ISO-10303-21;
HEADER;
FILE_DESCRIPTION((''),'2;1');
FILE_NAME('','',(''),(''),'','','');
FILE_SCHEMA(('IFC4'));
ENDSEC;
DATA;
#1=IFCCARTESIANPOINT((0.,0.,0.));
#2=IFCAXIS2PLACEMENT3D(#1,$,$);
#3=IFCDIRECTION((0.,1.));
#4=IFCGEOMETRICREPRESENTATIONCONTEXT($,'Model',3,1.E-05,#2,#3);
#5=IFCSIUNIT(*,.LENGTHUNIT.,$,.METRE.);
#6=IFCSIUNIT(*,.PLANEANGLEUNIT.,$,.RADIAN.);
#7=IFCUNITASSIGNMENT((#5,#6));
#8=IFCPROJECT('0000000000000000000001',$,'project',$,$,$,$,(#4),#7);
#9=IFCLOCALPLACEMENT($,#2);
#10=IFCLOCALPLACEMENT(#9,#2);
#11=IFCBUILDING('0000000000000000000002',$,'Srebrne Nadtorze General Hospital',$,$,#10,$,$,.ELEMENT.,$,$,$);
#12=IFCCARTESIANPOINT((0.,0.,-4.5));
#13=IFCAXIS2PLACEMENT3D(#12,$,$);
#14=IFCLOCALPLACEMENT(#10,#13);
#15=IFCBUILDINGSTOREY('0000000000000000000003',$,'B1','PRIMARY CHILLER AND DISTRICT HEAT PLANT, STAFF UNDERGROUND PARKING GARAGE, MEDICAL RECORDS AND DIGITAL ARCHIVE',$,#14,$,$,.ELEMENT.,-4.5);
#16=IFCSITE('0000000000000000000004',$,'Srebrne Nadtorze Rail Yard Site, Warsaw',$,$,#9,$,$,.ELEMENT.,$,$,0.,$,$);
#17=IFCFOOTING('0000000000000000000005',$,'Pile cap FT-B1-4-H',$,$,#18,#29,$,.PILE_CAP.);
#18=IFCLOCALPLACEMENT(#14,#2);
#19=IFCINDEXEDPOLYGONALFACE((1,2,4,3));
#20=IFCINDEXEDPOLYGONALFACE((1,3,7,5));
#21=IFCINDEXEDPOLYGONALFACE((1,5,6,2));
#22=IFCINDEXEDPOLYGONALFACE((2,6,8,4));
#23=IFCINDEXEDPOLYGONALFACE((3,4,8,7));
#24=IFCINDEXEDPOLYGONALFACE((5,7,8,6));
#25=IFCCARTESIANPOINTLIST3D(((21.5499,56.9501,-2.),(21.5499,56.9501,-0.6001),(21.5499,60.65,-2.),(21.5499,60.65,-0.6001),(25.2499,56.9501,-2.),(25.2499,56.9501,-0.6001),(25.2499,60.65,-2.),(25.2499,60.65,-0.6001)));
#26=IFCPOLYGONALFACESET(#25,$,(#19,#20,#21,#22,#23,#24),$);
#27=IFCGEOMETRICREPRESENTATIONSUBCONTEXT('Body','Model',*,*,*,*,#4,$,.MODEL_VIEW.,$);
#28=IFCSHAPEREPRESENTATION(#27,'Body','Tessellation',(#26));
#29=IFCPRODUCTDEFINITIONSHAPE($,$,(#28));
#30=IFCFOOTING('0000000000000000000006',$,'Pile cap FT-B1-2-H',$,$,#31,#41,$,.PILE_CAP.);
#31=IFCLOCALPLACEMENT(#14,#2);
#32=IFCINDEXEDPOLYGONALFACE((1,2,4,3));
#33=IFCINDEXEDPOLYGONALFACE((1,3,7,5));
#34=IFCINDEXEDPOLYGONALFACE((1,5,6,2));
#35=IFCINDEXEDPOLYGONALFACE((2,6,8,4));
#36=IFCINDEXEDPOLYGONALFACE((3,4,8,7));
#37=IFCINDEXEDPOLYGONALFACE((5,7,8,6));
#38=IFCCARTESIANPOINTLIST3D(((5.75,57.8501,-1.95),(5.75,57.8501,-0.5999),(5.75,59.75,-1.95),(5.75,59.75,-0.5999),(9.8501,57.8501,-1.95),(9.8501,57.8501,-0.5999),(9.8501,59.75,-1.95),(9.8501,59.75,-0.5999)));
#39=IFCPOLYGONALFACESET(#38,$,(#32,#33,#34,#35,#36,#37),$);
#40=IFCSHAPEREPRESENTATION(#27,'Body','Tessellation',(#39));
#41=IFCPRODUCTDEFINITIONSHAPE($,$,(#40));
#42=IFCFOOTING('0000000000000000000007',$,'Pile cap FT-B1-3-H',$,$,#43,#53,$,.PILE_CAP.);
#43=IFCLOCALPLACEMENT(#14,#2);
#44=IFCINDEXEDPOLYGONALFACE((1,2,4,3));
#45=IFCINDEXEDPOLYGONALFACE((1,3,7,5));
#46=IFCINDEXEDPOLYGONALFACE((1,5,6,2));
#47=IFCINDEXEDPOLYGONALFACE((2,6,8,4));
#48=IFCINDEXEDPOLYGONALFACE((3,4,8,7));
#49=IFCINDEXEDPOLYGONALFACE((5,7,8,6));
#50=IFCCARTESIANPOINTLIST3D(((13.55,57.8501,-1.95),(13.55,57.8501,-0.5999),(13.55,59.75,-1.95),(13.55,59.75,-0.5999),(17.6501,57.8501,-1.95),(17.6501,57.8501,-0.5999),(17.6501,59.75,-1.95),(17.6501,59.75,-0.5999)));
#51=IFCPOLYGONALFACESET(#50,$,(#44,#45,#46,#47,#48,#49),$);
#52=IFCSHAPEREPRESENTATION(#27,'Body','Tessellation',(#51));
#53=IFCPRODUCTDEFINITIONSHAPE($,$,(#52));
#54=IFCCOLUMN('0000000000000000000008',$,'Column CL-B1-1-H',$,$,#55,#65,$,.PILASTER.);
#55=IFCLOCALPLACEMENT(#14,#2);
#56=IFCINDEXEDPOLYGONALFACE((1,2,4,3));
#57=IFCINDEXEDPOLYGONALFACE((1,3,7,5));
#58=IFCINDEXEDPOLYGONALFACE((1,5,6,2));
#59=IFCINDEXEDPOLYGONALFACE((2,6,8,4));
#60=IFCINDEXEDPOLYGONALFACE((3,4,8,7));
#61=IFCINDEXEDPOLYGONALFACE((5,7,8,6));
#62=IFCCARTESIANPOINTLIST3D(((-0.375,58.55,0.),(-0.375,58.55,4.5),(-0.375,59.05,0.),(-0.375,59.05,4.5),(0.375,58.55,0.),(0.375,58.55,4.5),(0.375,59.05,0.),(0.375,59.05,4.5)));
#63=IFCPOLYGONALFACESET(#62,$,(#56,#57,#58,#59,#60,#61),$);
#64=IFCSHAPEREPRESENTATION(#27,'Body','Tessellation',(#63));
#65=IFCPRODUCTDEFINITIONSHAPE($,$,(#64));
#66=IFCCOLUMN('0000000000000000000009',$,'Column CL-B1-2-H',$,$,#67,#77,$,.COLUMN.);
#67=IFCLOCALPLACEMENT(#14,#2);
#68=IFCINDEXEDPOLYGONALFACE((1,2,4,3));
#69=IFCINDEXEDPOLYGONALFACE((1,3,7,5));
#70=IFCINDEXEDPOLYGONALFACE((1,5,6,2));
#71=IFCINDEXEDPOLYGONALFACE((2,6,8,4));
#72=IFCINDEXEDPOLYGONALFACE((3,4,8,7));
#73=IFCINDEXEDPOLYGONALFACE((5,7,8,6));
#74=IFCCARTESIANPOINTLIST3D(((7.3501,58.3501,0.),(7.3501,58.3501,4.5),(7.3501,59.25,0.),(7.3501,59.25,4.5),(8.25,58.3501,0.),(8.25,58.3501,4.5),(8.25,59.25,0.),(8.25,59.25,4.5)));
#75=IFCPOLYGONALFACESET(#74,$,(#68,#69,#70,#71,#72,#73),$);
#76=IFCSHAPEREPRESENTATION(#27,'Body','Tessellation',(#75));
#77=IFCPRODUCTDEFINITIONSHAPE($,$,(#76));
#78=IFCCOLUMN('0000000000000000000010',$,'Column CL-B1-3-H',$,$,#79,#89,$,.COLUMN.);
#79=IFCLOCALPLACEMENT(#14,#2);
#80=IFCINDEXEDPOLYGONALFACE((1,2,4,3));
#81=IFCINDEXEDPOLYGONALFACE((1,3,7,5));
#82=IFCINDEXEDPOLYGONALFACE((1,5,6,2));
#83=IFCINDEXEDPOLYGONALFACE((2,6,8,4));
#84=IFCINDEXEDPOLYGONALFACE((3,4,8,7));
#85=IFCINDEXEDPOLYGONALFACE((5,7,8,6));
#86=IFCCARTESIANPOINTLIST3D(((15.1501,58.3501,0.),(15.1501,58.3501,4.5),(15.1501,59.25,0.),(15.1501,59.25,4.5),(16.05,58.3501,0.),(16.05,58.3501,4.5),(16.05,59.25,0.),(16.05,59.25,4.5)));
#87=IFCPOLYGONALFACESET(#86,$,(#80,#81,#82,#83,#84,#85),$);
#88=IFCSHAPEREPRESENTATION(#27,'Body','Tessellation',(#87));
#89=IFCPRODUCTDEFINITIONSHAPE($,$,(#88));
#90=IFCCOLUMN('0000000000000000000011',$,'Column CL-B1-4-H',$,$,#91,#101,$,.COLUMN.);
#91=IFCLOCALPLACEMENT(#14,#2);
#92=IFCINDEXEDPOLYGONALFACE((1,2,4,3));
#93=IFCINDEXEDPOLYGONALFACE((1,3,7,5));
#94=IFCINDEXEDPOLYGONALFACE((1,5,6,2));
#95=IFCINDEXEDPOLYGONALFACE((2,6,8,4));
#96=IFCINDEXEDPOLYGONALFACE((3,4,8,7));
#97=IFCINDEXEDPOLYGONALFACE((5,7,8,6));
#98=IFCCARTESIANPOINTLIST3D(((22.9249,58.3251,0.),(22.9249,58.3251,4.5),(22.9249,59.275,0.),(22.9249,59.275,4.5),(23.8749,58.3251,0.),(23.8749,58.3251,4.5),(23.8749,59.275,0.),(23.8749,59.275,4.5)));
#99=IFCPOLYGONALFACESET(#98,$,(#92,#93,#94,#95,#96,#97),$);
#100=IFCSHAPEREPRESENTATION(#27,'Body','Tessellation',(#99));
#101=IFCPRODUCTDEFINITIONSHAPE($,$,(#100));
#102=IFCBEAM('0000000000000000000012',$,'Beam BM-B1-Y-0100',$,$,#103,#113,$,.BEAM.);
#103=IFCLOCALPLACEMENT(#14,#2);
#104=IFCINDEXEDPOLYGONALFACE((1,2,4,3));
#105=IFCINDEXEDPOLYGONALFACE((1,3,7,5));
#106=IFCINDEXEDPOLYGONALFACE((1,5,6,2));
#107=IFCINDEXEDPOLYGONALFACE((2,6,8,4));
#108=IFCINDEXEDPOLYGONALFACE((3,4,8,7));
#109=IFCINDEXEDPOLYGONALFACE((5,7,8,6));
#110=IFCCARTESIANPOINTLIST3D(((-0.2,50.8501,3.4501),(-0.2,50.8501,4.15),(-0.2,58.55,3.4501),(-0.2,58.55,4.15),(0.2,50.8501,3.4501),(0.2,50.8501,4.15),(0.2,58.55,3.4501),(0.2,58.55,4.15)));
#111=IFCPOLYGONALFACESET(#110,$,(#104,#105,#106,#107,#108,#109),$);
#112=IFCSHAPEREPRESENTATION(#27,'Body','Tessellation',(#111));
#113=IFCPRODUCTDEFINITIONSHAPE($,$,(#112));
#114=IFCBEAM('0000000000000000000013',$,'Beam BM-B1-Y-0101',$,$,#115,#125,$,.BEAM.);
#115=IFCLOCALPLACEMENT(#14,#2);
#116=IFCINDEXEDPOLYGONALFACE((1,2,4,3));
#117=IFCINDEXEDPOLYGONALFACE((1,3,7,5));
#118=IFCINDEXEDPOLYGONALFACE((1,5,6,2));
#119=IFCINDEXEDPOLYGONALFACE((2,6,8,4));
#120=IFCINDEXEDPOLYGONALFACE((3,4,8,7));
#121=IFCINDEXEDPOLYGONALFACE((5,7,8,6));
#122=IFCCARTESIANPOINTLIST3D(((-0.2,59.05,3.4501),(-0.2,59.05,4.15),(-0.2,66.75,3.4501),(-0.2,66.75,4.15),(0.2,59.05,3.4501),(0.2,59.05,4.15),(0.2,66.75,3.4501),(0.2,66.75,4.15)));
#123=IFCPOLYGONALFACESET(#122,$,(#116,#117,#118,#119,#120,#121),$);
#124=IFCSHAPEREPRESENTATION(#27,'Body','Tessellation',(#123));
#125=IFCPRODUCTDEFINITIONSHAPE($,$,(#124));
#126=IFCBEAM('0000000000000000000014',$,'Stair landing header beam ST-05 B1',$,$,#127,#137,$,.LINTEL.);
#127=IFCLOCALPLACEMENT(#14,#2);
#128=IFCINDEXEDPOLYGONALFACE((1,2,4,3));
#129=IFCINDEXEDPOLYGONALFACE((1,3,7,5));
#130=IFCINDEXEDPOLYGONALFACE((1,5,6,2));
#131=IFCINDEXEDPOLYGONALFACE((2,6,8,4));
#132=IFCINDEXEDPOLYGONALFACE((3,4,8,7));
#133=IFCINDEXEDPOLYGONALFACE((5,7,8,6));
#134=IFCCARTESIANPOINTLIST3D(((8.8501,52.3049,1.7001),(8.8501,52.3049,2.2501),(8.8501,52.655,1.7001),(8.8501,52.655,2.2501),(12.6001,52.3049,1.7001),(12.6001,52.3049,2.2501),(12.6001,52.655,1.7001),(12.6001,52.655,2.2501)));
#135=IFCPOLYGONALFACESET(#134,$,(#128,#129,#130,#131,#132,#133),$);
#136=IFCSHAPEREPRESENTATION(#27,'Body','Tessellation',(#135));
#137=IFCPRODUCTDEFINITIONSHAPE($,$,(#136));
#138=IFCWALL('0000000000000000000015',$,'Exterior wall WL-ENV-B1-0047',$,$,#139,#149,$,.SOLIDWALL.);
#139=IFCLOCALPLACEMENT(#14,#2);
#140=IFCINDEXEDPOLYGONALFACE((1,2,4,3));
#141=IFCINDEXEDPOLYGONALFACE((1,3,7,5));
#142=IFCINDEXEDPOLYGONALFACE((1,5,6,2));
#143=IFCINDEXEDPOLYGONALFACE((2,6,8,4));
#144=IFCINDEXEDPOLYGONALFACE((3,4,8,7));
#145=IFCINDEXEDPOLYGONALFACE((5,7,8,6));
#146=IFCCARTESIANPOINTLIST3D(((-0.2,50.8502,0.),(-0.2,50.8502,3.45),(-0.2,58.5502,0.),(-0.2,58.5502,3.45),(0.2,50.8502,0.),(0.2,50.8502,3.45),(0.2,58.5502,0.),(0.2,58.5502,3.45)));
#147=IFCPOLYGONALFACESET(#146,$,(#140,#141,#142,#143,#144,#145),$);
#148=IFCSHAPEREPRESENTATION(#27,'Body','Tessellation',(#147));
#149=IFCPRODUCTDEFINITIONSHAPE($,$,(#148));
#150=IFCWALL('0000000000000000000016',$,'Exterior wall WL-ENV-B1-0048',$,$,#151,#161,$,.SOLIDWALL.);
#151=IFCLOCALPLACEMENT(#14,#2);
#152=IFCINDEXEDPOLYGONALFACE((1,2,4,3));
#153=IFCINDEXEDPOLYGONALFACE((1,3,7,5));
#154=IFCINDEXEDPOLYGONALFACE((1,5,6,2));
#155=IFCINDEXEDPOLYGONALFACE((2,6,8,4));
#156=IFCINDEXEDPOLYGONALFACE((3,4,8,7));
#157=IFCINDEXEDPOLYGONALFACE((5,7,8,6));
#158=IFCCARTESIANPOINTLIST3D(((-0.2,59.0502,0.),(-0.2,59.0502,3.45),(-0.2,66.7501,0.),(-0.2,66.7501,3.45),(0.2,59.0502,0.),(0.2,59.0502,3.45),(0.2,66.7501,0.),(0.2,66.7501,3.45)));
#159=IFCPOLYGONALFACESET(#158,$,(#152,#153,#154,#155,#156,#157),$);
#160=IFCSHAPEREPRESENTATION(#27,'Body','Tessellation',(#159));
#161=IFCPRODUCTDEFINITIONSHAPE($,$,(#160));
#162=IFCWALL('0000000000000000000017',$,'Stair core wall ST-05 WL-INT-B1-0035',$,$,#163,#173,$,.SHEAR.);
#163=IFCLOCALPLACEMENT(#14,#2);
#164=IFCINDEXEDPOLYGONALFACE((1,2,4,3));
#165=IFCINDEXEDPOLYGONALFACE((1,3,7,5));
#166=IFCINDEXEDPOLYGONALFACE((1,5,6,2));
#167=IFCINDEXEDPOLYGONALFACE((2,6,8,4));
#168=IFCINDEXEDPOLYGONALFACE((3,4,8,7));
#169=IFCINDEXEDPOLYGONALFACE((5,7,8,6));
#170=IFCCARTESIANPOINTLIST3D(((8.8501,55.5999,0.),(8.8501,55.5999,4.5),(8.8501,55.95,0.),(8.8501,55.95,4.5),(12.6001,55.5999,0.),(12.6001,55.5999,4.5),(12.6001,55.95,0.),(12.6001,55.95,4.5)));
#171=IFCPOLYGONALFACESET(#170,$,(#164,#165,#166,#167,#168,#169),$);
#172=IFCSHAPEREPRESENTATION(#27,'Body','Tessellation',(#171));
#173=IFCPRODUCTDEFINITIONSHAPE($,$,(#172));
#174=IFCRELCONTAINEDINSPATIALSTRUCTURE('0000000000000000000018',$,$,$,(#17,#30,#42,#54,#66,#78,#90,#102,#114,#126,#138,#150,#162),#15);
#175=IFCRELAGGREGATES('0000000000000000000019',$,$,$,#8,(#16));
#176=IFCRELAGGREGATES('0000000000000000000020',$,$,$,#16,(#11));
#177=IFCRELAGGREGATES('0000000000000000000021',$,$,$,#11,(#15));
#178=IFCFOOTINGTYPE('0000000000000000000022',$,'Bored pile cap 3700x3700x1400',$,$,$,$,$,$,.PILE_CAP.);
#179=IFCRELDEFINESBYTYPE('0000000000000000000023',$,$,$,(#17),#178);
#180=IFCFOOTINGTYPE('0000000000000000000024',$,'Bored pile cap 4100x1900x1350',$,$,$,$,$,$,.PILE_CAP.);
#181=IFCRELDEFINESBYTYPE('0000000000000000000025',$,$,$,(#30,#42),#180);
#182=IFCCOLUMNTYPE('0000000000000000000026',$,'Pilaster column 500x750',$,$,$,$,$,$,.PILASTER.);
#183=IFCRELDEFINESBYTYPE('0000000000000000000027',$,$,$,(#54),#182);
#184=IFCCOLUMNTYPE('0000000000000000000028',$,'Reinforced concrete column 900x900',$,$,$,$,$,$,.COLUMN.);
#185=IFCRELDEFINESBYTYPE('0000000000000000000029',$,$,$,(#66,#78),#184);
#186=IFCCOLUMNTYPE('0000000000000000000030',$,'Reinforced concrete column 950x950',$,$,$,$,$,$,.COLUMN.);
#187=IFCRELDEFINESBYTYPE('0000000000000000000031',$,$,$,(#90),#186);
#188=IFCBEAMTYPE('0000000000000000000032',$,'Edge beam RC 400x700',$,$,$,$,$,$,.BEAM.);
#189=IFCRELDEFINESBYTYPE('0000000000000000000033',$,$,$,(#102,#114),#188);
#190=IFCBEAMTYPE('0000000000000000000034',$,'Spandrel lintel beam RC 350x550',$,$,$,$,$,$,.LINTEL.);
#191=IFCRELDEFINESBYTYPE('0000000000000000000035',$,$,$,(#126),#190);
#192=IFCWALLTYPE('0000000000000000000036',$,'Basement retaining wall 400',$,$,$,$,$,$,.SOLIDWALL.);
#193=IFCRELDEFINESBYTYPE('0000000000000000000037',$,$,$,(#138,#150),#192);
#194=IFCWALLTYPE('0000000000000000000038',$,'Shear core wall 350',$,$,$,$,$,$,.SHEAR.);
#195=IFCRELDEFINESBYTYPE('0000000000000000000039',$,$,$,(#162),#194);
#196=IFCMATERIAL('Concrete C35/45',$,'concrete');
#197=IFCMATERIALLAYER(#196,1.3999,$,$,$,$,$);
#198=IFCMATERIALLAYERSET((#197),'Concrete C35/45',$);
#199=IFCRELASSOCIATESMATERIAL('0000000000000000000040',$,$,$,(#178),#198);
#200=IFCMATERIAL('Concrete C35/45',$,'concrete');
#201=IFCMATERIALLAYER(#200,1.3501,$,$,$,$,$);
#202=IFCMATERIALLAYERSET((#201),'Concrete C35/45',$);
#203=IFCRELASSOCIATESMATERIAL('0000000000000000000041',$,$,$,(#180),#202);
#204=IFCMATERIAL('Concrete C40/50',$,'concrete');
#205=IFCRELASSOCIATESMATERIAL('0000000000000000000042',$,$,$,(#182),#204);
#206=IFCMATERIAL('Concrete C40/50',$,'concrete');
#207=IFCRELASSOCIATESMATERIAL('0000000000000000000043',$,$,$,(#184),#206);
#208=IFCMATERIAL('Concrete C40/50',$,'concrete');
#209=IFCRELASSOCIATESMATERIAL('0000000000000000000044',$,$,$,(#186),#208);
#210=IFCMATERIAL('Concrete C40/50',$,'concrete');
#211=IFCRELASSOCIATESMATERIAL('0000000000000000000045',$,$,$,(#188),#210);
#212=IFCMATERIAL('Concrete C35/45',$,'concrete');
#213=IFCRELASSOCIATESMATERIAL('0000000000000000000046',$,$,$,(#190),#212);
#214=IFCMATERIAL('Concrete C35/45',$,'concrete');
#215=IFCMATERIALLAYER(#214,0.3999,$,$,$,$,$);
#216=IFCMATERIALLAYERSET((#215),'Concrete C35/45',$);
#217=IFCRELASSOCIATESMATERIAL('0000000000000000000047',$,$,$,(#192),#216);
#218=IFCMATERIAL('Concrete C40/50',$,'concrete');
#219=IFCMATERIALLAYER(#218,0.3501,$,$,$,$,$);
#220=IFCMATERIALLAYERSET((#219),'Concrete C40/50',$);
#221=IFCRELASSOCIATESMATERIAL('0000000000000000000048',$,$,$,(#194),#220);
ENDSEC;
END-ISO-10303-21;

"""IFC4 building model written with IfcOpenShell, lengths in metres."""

from ifc_helpers import new_model, si_unit, direction, frame, frame_2d, origin, origin_2d, place, context, subcontext, project, spatial, rectangle, extrude, material, layer, layer_set, material_profile, profile_set, type_object, element, save


model = new_model("IFC4")

# Units and contexts
model_context = context("Model", 3, precision=1e-05, world=origin(), true_north=direction((0.0, 1.0)))
body_context = subcontext(model_context, "Body", "Model", "MODEL_VIEW")
ifc_project = project(units=[si_unit("LENGTHUNIT", "METRE"), si_unit("PLANEANGLEUNIT", "RADIAN")], contexts=[model_context])

# Site, building, storey
site_placement = place(None, origin())
site = spatial("IfcSite", under=ifc_project, at=site_placement, Name="Srebrne Nadtorze Rail Yard Site, Warsaw", CompositionType="ELEMENT", RefElevation=0.0)
building_placement = place(site_placement, origin())
building = spatial("IfcBuilding", under=site, at=building_placement, Name="Srebrne Nadtorze General Hospital", CompositionType="ELEMENT")
storey_placement = place(building_placement, frame((0.0, 0.0, -4.5)))
storey = spatial("IfcBuildingStorey", under=building, at=storey_placement, Name="B1", Description="PRIMARY CHILLER AND DISTRICT HEAT PLANT, STAFF UNDERGROUND PARKING GARAGE, MEDICAL RECORDS AND DIGITAL ARCHIVE", CompositionType="ELEMENT", Elevation=-4.5)

# Footings
ifc_material_1 = material(Name="Concrete C35/45", Category="concrete")
ifc_layer_1 = layer(ifc_material_1, 1.3999)
ifc_layer_set_1 = layer_set([ifc_layer_1], Name="Concrete C35/45")
footing_type_1 = type_object("IfcFootingType", Name="Bored pile cap 3700x3700x1400", PredefinedType="PILE_CAP", material=ifc_layer_set_1)
footing_1_placement = place(storey_placement, frame((23.3999, 58.8, -2.0), z_axis=(0.0, 0.0, 1.0), x_axis=(1.0, 0.0, 0.0)))
element("IfcFooting", 1, at=footing_1_placement, inside=storey, type_object=footing_type_1, Name="Pile cap FT-B1-4-H", PredefinedType="PILE_CAP", context=body_context, shape_type="SweptSolid", body=[
    extrude(rectangle(XDim=3.7, YDim=3.7, at=origin_2d()), origin(), (0.0, 0.0, 1.0), 1.3999),
])
ifc_material_2 = material(Name="Concrete C35/45", Category="concrete")
ifc_layer_2 = layer(ifc_material_2, 1.3501)
ifc_layer_set_2 = layer_set([ifc_layer_2], Name="Concrete C35/45")
footing_type_2 = type_object("IfcFootingType", Name="Bored pile cap 4100x1900x1350", PredefinedType="PILE_CAP", material=ifc_layer_set_2)
for number, where, z_axis, x_axis, name in (
    (2, (7.8, 58.8, -1.95), (0.0, 0.0, 1.0), (1.0, 0.0, 0.0), "Pile cap FT-B1-2-H"),
    (3, (15.6001, 58.8, -1.95), (0.0, 0.0, 1.0), (1.0, 0.0, 0.0), "Pile cap FT-B1-3-H"),
):
    element("IfcFooting", number, at=place(storey_placement, frame(where, z_axis=z_axis, x_axis=x_axis)), inside=storey, type_object=footing_type_2, Name=name, PredefinedType="PILE_CAP", context=body_context, shape_type="SweptSolid", body=[
        extrude(rectangle(XDim=4.1001, YDim=1.8999, at=origin_2d()), origin(), (0.0, 0.0, 1.0), 1.3501),
    ])

# Columns
ifc_material_3 = material(Name="Concrete C40/50", Category="concrete")
ifc_material_profile_1 = material_profile(ifc_material_3, rectangle(XDim=0.5, YDim=0.75, at=origin_2d()), Name="RC-PIL-500x750")
ifc_profile_set_1 = profile_set([ifc_material_profile_1], Name="Concrete C40/50")
column_type_1 = type_object("IfcColumnType", Name="Pilaster column 500x750", PredefinedType="PILASTER", material=ifc_profile_set_1)
column_1_placement = place(storey_placement, frame((0.0, 58.8, 0.0), z_axis=(0.0, 0.0, 1.0), x_axis=(0.0, 1.0, 0.0)))
element("IfcColumn", 4, at=column_1_placement, inside=storey, type_object=column_type_1, Name="Column CL-B1-1-H", PredefinedType="PILASTER", context=body_context, shape_type="SweptSolid", body=[
    extrude(rectangle(XDim=0.5, YDim=0.75, at=origin_2d()), origin(), (0.0, 0.0, 1.0), 4.5),
])
ifc_material_4 = material(Name="Concrete C40/50", Category="concrete")
ifc_material_profile_2 = material_profile(ifc_material_4, rectangle(XDim=0.8999, YDim=0.8999, at=origin_2d()), Name="RC-COL-900x900")
ifc_profile_set_2 = profile_set([ifc_material_profile_2], Name="Concrete C40/50")
column_type_2 = type_object("IfcColumnType", Name="Reinforced concrete column 900x900", PredefinedType="COLUMN", material=ifc_profile_set_2)
for number, where, z_axis, x_axis, name in (
    (5, (7.8, 58.8, 0.0), (0.0, 0.0, 1.0), (1.0, 0.0, 0.0), "Column CL-B1-2-H"),
    (6, (15.6001, 58.8, 0.0), (0.0, 0.0, 1.0), (1.0, 0.0, 0.0), "Column CL-B1-3-H"),
):
    element("IfcColumn", number, at=place(storey_placement, frame(where, z_axis=z_axis, x_axis=x_axis)), inside=storey, type_object=column_type_2, Name=name, PredefinedType="COLUMN", context=body_context, shape_type="SweptSolid", body=[
        extrude(rectangle(XDim=0.8999, YDim=0.8999, at=origin_2d()), origin(), (0.0, 0.0, 1.0), 4.5),
    ])
ifc_material_5 = material(Name="Concrete C40/50", Category="concrete")
ifc_material_profile_3 = material_profile(ifc_material_5, rectangle(XDim=0.95, YDim=0.95, at=origin_2d()), Name="RC-COL-950x950")
ifc_profile_set_3 = profile_set([ifc_material_profile_3], Name="Concrete C40/50")
column_type_3 = type_object("IfcColumnType", Name="Reinforced concrete column 950x950", PredefinedType="COLUMN", material=ifc_profile_set_3)
column_2_placement = place(storey_placement, frame((23.3999, 58.8, 0.0), z_axis=(0.0, 0.0, 1.0), x_axis=(1.0, 0.0, 0.0)))
element("IfcColumn", 7, at=column_2_placement, inside=storey, type_object=column_type_3, Name="Column CL-B1-4-H", PredefinedType="COLUMN", context=body_context, shape_type="SweptSolid", body=[
    extrude(rectangle(XDim=0.95, YDim=0.95, at=origin_2d()), origin(), (0.0, 0.0, 1.0), 4.5),
])

# Beams
ifc_material_6 = material(Name="Concrete C40/50", Category="concrete")
ifc_material_profile_4 = material_profile(ifc_material_6, rectangle(XDim=0.3999, YDim=0.7, at=origin_2d()), Name="RC-BM-400x700")
ifc_profile_set_4 = profile_set([ifc_material_profile_4], Name="Concrete C40/50")
beam_type_1 = type_object("IfcBeamType", Name="Edge beam RC 400x700", PredefinedType="BEAM", material=ifc_profile_set_4)
for number, where, z_axis, x_axis, name in (
    (8, (0.0, 50.8501, 3.8), (0.0, 1.0, 0.0), (-1.0, 0.0, 0.0), "Beam BM-B1-Y-0100"),
    (9, (0.0, 59.05, 3.8), (0.0, 1.0, 0.0), (-1.0, 0.0, 0.0), "Beam BM-B1-Y-0101"),
):
    element("IfcBeam", number, at=place(storey_placement, frame(where, z_axis=z_axis, x_axis=x_axis)), inside=storey, type_object=beam_type_1, Name=name, PredefinedType="BEAM", context=body_context, shape_type="SweptSolid", body=[
        extrude(rectangle(XDim=0.3999, YDim=0.7, at=origin_2d()), origin(), (0.0, 0.0, 1.0), 7.7),
    ])
ifc_material_7 = material(Name="Concrete C35/45", Category="concrete")
ifc_material_profile_5 = material_profile(ifc_material_7, rectangle(XDim=0.3501, YDim=0.55, at=origin_2d()), Name="RC-BM-350x550")
ifc_profile_set_5 = profile_set([ifc_material_profile_5], Name="Concrete C35/45")
beam_type_2 = type_object("IfcBeamType", Name="Spandrel lintel beam RC 350x550", PredefinedType="LINTEL", material=ifc_profile_set_5)
beam_placement = place(storey_placement, frame((8.8501, 52.48, 1.9751), z_axis=(1.0, 0.0, 0.0), x_axis=(0.0, 1.0, 0.0)))
element("IfcBeam", 10, at=beam_placement, inside=storey, type_object=beam_type_2, Name="Stair landing header beam ST-05 B1", PredefinedType="LINTEL", context=body_context, shape_type="SweptSolid", body=[
    extrude(rectangle(XDim=0.3501, YDim=0.55, at=origin_2d()), origin(), (0.0, 0.0, 1.0), 3.75),
])

# Walls
ifc_material_8 = material(Name="Concrete C35/45", Category="concrete")
ifc_layer_3 = layer(ifc_material_8, 0.3999)
ifc_layer_set_3 = layer_set([ifc_layer_3], Name="Concrete C35/45")
wall_type_1 = type_object("IfcWallType", Name="Basement retaining wall 400", PredefinedType="SOLIDWALL", material=ifc_layer_set_3)
for number, where, z_axis, x_axis, name in (
    (11, (0.0, 50.8501, 0.0), (0.0, 0.0, 1.0), (0.0, 1.0, 0.0), "Exterior wall WL-ENV-B1-0047"),
    (12, (0.0, 59.05, 0.0), (0.0, 0.0, 1.0), (0.0, 1.0, 0.0), "Exterior wall WL-ENV-B1-0048"),
):
    element("IfcWall", number, at=place(storey_placement, frame(where, z_axis=z_axis, x_axis=x_axis)), inside=storey, type_object=wall_type_1, Name=name, PredefinedType="SOLIDWALL", context=body_context, shape_type="SweptSolid", body=[
        extrude(rectangle(XDim=7.7, YDim=0.3999, at=frame_2d((3.8501, 0.0))), origin(), (0.0, 0.0, 1.0), 3.45),
    ])
ifc_material_9 = material(Name="Concrete C40/50", Category="concrete")
ifc_layer_4 = layer(ifc_material_9, 0.3501)
ifc_layer_set_4 = layer_set([ifc_layer_4], Name="Concrete C40/50")
wall_type_2 = type_object("IfcWallType", Name="Shear core wall 350", PredefinedType="SHEAR", material=ifc_layer_set_4)
wall_placement = place(storey_placement, frame((8.8501, 55.7749, 0.0), z_axis=(0.0, 0.0, 1.0), x_axis=(1.0, 0.0, 0.0)))
element("IfcWall", 13, at=wall_placement, inside=storey, type_object=wall_type_2, Name="Stair core wall ST-05 WL-INT-B1-0035", PredefinedType="SHEAR", context=body_context, shape_type="SweptSolid", body=[
    extrude(rectangle(XDim=3.75, YDim=0.3501, at=frame_2d((1.875, 0.0))), origin(), (0.0, 0.0, 1.0), 4.5),
])

save(model, "model.ifc")
